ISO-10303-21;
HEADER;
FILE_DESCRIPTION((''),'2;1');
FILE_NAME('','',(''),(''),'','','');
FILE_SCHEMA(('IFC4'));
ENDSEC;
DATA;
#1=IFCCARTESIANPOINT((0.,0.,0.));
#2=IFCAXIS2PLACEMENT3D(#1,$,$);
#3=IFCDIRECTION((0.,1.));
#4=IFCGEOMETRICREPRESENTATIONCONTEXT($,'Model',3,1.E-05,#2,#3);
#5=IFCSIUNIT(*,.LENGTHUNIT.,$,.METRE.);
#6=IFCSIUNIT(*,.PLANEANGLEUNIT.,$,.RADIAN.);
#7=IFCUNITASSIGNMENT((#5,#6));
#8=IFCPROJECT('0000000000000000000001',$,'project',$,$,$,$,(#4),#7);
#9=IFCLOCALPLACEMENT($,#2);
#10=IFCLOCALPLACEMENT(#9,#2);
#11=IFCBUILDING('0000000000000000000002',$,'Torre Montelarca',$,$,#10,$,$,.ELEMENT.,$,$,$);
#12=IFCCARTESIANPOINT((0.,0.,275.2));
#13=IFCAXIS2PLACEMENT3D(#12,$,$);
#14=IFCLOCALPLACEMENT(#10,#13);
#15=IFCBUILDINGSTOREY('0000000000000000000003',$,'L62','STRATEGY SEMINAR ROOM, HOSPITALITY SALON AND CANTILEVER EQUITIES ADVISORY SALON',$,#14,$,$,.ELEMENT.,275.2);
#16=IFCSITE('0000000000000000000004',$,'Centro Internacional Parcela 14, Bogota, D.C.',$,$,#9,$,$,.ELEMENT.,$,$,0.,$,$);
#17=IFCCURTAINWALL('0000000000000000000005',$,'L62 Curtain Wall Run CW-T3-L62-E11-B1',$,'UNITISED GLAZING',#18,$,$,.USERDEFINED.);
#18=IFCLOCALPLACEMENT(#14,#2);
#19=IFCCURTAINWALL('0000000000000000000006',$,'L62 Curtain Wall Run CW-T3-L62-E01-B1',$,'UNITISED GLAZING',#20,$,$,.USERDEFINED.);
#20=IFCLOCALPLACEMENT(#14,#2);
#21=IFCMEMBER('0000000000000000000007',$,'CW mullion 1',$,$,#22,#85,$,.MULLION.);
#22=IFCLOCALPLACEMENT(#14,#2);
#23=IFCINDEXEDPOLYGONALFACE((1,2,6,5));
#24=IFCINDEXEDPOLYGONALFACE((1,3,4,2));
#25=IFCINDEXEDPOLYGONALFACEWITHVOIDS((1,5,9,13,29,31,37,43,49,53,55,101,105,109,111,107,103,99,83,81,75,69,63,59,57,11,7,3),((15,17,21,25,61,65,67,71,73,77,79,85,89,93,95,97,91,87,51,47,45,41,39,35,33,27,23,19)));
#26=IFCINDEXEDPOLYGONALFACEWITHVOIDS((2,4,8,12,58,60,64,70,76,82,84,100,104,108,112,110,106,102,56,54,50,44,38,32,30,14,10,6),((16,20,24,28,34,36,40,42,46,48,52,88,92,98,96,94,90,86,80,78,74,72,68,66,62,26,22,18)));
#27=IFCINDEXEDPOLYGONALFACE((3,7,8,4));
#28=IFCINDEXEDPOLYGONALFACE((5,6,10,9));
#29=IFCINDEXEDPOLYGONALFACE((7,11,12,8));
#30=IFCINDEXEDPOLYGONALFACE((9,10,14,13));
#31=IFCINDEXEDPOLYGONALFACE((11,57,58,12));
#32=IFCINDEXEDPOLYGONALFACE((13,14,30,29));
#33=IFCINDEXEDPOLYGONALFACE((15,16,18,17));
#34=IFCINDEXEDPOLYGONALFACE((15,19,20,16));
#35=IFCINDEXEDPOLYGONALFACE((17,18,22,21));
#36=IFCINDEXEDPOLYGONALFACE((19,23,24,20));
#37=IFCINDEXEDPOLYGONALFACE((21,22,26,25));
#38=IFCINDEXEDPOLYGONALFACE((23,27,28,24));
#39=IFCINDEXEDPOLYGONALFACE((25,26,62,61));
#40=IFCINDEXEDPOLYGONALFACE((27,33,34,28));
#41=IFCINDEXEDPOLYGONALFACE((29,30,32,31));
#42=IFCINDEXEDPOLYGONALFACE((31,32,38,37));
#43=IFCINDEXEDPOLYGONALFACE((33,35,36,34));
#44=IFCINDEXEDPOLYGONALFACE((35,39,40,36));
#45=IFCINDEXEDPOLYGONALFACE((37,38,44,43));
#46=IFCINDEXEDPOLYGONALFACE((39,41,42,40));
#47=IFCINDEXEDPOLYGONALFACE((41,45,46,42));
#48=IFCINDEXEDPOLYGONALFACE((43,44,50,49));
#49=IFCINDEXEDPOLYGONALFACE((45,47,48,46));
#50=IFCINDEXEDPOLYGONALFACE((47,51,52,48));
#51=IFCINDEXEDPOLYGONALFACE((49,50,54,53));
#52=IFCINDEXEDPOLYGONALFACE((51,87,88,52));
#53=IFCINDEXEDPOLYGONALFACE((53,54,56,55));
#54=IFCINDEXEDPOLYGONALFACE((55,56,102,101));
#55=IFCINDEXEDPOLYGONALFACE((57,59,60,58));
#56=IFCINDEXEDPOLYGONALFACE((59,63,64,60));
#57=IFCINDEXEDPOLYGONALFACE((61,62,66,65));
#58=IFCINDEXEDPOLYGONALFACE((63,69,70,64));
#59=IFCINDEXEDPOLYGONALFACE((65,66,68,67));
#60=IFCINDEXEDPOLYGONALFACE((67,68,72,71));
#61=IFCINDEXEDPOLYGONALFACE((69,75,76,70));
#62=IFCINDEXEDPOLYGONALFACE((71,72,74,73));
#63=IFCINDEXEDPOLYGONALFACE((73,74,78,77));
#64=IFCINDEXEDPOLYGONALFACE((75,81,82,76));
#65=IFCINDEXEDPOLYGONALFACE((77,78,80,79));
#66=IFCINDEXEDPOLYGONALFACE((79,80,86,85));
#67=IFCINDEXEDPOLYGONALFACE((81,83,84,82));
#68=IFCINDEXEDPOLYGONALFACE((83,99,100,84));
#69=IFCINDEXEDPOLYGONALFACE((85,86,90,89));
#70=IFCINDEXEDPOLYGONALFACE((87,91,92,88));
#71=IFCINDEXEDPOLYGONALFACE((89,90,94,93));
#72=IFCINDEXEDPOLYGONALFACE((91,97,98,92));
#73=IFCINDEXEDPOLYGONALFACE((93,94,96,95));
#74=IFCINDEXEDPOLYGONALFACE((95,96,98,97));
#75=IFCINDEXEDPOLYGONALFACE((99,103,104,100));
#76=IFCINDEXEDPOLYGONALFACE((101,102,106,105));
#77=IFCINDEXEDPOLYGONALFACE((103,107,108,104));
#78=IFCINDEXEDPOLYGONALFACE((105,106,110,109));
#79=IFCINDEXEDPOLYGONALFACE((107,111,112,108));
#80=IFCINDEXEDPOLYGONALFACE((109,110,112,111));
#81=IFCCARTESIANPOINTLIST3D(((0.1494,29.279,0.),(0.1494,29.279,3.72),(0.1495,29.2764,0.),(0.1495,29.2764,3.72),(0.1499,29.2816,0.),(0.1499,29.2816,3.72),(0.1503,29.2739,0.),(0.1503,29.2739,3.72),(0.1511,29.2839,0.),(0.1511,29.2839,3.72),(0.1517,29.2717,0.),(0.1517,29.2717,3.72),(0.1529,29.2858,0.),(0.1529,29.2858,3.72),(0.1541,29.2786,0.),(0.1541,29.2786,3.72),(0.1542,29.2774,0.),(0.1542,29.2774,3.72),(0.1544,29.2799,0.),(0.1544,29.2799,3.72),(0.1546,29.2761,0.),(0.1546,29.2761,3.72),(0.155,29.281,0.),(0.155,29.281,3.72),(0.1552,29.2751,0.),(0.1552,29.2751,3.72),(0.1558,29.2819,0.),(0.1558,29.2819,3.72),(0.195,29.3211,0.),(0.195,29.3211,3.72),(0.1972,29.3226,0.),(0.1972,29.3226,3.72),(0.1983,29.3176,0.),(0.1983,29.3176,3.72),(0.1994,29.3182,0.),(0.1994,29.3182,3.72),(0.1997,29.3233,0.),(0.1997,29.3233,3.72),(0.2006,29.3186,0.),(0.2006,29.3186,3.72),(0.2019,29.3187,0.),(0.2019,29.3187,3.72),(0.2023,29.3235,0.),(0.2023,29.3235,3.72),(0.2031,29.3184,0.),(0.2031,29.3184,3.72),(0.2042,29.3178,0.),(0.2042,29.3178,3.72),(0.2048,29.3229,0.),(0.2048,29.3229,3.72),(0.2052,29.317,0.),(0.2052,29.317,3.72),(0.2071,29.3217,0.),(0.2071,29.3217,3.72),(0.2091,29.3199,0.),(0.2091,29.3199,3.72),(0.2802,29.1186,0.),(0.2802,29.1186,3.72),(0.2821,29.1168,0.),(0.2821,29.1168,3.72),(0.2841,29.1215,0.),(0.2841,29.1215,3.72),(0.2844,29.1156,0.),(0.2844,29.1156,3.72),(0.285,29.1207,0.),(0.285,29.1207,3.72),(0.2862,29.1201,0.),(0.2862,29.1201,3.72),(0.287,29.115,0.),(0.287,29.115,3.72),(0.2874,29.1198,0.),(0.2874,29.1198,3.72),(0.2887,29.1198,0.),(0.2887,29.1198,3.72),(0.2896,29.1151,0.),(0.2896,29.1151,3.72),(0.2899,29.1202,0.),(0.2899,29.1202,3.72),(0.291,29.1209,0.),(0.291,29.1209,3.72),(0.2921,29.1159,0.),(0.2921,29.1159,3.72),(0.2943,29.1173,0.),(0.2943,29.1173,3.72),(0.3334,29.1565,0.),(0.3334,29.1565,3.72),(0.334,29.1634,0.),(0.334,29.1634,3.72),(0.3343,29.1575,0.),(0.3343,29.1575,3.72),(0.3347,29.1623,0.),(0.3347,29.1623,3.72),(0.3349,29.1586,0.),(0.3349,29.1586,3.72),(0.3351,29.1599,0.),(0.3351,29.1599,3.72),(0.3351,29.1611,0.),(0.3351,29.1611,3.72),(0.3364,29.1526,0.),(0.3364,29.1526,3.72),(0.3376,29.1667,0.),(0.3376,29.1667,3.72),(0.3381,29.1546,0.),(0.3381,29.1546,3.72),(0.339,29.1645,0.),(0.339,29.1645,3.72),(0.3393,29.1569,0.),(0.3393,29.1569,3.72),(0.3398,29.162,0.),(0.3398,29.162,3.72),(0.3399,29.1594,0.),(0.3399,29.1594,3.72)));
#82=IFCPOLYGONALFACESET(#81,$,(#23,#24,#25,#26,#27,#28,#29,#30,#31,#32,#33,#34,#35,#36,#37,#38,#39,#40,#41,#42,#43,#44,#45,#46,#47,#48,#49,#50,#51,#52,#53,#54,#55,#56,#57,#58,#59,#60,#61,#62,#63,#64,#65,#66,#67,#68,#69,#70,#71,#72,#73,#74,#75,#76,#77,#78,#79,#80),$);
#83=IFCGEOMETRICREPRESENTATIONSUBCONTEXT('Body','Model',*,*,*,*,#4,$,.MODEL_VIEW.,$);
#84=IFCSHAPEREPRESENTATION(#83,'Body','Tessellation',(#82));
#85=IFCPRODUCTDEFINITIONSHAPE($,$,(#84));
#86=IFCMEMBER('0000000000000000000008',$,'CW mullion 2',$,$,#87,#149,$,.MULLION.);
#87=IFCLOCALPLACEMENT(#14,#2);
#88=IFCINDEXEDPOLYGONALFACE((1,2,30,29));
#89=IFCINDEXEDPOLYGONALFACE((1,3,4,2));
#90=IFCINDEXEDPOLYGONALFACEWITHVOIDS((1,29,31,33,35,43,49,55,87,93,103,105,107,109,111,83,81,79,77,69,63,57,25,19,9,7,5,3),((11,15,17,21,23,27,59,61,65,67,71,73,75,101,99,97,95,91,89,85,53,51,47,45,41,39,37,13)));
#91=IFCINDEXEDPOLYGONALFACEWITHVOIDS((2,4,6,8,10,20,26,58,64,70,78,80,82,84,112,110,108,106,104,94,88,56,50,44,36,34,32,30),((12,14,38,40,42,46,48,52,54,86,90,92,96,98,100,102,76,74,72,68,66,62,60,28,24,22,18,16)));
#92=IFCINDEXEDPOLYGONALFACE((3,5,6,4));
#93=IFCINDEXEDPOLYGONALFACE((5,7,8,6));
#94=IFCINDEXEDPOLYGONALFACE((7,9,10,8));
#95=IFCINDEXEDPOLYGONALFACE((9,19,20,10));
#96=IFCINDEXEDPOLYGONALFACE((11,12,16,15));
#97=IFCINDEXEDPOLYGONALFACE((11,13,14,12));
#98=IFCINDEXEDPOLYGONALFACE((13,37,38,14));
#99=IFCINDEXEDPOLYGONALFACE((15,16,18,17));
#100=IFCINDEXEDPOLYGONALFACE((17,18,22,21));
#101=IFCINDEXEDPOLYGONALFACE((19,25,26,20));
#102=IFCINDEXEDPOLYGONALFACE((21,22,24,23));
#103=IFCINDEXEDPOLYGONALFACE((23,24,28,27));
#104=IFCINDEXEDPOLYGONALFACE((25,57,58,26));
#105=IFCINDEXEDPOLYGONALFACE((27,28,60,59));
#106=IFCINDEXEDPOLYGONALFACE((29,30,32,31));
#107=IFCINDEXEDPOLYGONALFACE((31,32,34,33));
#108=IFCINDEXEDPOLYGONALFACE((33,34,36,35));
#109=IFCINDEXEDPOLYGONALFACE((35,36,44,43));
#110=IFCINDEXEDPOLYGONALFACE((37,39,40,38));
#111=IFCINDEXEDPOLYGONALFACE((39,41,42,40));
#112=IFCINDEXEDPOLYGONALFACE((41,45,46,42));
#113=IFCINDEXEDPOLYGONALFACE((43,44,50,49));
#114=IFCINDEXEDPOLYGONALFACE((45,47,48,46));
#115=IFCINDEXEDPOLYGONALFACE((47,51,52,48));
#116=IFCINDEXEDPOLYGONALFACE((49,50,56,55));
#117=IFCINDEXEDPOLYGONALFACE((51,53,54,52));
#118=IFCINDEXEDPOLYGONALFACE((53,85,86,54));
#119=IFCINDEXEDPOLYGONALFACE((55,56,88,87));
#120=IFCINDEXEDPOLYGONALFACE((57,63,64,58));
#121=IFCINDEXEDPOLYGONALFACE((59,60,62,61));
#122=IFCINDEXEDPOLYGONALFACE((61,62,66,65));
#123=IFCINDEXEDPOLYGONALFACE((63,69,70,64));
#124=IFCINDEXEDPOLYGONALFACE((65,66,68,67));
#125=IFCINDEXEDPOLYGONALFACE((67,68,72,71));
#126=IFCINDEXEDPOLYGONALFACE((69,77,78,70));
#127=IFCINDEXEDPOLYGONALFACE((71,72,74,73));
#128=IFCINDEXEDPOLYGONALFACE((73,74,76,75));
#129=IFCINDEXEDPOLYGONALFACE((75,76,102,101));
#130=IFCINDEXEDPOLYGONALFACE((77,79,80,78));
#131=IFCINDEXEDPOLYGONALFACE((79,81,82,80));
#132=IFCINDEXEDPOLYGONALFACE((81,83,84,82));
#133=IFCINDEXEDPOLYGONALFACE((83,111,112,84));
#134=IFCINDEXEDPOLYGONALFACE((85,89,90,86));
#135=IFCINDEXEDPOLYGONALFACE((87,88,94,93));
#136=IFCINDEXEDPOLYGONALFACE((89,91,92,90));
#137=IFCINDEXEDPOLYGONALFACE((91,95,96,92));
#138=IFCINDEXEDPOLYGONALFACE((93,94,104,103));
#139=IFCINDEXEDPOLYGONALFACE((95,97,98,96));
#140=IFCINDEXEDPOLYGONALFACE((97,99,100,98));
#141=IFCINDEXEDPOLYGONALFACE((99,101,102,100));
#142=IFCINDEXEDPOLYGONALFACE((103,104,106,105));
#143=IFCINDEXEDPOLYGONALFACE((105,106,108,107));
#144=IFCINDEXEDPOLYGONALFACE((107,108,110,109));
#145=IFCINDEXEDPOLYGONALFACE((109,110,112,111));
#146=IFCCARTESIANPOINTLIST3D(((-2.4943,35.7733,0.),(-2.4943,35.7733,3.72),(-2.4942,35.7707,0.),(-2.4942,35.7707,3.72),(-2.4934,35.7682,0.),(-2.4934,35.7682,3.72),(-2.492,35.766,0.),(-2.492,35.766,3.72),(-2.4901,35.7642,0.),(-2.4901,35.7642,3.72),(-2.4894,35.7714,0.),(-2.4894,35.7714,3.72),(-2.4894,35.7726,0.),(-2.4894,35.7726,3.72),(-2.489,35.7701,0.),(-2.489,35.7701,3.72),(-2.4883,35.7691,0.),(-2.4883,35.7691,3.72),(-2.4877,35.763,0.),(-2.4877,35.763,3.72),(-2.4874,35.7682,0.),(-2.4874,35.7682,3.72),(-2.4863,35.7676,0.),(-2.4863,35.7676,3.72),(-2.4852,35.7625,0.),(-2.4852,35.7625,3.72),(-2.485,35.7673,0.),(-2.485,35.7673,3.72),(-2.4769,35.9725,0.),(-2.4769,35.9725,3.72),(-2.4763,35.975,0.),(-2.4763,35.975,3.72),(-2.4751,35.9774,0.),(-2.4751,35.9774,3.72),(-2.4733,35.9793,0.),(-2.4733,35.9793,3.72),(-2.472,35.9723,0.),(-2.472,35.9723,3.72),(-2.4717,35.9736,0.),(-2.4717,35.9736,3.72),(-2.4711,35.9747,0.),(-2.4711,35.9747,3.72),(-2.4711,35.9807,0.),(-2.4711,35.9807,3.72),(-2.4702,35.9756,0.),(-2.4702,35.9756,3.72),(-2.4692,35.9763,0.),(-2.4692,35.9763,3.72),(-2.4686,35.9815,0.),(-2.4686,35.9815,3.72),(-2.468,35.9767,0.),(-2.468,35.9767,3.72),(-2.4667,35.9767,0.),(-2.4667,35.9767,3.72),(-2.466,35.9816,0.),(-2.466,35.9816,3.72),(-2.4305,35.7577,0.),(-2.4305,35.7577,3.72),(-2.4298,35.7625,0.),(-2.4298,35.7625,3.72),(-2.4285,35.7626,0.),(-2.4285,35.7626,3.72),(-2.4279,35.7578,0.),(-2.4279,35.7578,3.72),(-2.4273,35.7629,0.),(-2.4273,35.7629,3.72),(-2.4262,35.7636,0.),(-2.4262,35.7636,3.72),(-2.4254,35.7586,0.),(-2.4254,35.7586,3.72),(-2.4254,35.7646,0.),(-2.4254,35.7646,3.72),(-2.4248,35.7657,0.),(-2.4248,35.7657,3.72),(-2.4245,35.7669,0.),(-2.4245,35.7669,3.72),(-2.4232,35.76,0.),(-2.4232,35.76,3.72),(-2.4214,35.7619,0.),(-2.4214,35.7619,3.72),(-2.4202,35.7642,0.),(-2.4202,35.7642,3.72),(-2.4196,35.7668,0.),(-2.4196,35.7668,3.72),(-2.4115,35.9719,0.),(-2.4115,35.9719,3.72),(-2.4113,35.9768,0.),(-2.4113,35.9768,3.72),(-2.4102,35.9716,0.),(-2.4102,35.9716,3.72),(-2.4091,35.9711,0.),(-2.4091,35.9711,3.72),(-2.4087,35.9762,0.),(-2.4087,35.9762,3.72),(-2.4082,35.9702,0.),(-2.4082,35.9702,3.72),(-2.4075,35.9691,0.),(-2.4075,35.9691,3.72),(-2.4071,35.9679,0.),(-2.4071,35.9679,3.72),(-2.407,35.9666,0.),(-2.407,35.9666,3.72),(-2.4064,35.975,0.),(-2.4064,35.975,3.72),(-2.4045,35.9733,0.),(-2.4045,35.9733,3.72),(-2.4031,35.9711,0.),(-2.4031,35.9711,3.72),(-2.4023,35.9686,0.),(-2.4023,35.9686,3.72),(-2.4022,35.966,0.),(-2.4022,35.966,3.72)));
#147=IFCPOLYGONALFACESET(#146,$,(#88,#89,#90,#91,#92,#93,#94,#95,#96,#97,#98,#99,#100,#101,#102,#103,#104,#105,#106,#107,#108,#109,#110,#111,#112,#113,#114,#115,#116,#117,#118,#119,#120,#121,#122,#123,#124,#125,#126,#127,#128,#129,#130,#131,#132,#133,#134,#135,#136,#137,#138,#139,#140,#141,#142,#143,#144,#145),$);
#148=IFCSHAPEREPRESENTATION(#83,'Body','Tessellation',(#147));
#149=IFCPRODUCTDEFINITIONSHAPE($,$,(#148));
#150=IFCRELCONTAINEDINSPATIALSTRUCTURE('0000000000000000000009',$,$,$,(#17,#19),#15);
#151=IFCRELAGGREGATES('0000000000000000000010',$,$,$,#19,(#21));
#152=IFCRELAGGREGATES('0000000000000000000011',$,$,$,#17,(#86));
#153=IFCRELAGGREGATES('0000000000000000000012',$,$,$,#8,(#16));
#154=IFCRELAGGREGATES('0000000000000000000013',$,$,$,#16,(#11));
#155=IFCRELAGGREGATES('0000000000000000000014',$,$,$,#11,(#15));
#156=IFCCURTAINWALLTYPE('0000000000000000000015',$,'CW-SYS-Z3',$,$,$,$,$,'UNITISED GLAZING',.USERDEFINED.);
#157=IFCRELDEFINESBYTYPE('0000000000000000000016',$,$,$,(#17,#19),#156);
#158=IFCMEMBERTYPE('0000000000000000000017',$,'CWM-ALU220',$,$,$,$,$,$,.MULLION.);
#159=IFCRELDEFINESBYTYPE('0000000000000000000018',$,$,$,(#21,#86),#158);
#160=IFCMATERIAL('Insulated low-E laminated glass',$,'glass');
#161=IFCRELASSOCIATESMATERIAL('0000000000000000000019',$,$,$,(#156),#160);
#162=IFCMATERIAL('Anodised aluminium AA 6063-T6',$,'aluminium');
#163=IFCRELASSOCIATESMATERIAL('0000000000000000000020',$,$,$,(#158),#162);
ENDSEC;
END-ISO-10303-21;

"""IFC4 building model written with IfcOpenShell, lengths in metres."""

from ifc_helpers import new_model, si_unit, direction, frame, origin, origin_2d, place, context, subcontext, project, spatial, hollow_rectangle, extrude, source, transform, mapped, material, material_profile, profile_set, type_object, element, aggregate, save


model = new_model("IFC4")

# Units and contexts
model_context = context("Model", 3, precision=1e-05, world=origin(), true_north=direction((0.0, 1.0)))
body_context = subcontext(model_context, "Body", "Model", "MODEL_VIEW")
ifc_project = project(units=[si_unit("LENGTHUNIT", "METRE"), si_unit("PLANEANGLEUNIT", "RADIAN")], contexts=[model_context])

# Site, building, storey
site_placement = place(None, origin())
site = spatial("IfcSite", under=ifc_project, at=site_placement, Name="Centro Internacional Parcela 14, Bogota, D.C.", CompositionType="ELEMENT", RefElevation=0.0)
building_placement = place(site_placement, origin())
building = spatial("IfcBuilding", under=site, at=building_placement, Name="Torre Montelarca", CompositionType="ELEMENT")
storey_placement = place(building_placement, frame((0.0, 0.0, 275.2)))
storey = spatial("IfcBuildingStorey", under=building, at=storey_placement, Name="L62", Description="STRATEGY SEMINAR ROOM, HOSPITALITY SALON AND CANTILEVER EQUITIES ADVISORY SALON", CompositionType="ELEMENT", Elevation=275.2)

# Curtain wall
ifc_material_1 = material(Name="Insulated low-E laminated glass", Category="glass")
curtain_wall_type = type_object("IfcCurtainWallType", Name="CW-SYS-Z3", ElementType="UNITISED GLAZING", PredefinedType="USERDEFINED", material=ifc_material_1)
curtain_wall_1_placement = place(storey_placement, origin())
curtain_wall_1 = element("IfcCurtainWall", 1, at=curtain_wall_1_placement, inside=storey, type_object=curtain_wall_type, Name="L62 Curtain Wall Run CW-T3-L62-E11-B1", ObjectType="UNITISED GLAZING", PredefinedType="USERDEFINED")
ifc_material_2 = material(Name="Anodised aluminium AA 6063-T6", Category="aluminium")

# Curtain wall, member
curtain_wall_2_placement = place(storey_placement, origin())
curtain_wall_2 = element("IfcCurtainWall", 2, at=curtain_wall_2_placement, inside=storey, type_object=curtain_wall_type, Name="L62 Curtain Wall Run CW-T3-L62-E01-B1", ObjectType="UNITISED GLAZING", PredefinedType="USERDEFINED")
ifc_material_profile_1 = material_profile(ifc_material_2, hollow_rectangle(XDim=0.075, YDim=0.22, WallThickness=0.0049, InnerFilletRadius=0.0049, OuterFilletRadius=0.01, at=origin_2d()), Name="ALU75X220X5", Category="aluminium")
ifc_profile_set_1 = profile_set([ifc_material_profile_1], Name="Anodised aluminium AA 6063-T6")
member_type_1 = type_object("IfcMemberType", Name="CWM-ALU220", PredefinedType="MULLION", material=ifc_profile_set_1)
shared_shape_1 = source(origin(), body_context, "Body", "SweptSolid", [
    extrude(hollow_rectangle(XDim=0.075, YDim=0.22, WallThickness=0.0049, InnerFilletRadius=0.0049, OuterFilletRadius=0.01, at=origin_2d()), origin(), (0.0, 0.0, 1.0), 3.72),
])
member_1_placement = place(storey_placement, frame((0.2446, 29.2192, 0.0), z_axis=(0.0, 0.0, 1.0), x_axis=(0.766041, 0.642791, 0.0)))
member_1 = element("IfcMember", 3, at=member_1_placement, type_object=member_type_1, Name="CW mullion 1", PredefinedType="MULLION", context=body_context, shape_type="MappedRepresentation", body=[
    mapped(shared_shape_1, transform((0.0, 0.0, 0.0), scale=1.0)),
])

# Member
member_2_placement = place(storey_placement, frame((-2.4482, 35.8696, 0.0), z_axis=(0.0, 0.0, 1.0), x_axis=(0.996192, -0.087183, 0.0)))
member_2 = element("IfcMember", 4, at=member_2_placement, type_object=member_type_1, Name="CW mullion 2", PredefinedType="MULLION", context=body_context, shape_type="MappedRepresentation", body=[
    mapped(shared_shape_1, transform((0.0, 0.0, 0.0), scale=1.0)),
])
aggregate(curtain_wall_2, [member_1])

aggregate(curtain_wall_1, [member_2])

save(model, "model.ifc")
